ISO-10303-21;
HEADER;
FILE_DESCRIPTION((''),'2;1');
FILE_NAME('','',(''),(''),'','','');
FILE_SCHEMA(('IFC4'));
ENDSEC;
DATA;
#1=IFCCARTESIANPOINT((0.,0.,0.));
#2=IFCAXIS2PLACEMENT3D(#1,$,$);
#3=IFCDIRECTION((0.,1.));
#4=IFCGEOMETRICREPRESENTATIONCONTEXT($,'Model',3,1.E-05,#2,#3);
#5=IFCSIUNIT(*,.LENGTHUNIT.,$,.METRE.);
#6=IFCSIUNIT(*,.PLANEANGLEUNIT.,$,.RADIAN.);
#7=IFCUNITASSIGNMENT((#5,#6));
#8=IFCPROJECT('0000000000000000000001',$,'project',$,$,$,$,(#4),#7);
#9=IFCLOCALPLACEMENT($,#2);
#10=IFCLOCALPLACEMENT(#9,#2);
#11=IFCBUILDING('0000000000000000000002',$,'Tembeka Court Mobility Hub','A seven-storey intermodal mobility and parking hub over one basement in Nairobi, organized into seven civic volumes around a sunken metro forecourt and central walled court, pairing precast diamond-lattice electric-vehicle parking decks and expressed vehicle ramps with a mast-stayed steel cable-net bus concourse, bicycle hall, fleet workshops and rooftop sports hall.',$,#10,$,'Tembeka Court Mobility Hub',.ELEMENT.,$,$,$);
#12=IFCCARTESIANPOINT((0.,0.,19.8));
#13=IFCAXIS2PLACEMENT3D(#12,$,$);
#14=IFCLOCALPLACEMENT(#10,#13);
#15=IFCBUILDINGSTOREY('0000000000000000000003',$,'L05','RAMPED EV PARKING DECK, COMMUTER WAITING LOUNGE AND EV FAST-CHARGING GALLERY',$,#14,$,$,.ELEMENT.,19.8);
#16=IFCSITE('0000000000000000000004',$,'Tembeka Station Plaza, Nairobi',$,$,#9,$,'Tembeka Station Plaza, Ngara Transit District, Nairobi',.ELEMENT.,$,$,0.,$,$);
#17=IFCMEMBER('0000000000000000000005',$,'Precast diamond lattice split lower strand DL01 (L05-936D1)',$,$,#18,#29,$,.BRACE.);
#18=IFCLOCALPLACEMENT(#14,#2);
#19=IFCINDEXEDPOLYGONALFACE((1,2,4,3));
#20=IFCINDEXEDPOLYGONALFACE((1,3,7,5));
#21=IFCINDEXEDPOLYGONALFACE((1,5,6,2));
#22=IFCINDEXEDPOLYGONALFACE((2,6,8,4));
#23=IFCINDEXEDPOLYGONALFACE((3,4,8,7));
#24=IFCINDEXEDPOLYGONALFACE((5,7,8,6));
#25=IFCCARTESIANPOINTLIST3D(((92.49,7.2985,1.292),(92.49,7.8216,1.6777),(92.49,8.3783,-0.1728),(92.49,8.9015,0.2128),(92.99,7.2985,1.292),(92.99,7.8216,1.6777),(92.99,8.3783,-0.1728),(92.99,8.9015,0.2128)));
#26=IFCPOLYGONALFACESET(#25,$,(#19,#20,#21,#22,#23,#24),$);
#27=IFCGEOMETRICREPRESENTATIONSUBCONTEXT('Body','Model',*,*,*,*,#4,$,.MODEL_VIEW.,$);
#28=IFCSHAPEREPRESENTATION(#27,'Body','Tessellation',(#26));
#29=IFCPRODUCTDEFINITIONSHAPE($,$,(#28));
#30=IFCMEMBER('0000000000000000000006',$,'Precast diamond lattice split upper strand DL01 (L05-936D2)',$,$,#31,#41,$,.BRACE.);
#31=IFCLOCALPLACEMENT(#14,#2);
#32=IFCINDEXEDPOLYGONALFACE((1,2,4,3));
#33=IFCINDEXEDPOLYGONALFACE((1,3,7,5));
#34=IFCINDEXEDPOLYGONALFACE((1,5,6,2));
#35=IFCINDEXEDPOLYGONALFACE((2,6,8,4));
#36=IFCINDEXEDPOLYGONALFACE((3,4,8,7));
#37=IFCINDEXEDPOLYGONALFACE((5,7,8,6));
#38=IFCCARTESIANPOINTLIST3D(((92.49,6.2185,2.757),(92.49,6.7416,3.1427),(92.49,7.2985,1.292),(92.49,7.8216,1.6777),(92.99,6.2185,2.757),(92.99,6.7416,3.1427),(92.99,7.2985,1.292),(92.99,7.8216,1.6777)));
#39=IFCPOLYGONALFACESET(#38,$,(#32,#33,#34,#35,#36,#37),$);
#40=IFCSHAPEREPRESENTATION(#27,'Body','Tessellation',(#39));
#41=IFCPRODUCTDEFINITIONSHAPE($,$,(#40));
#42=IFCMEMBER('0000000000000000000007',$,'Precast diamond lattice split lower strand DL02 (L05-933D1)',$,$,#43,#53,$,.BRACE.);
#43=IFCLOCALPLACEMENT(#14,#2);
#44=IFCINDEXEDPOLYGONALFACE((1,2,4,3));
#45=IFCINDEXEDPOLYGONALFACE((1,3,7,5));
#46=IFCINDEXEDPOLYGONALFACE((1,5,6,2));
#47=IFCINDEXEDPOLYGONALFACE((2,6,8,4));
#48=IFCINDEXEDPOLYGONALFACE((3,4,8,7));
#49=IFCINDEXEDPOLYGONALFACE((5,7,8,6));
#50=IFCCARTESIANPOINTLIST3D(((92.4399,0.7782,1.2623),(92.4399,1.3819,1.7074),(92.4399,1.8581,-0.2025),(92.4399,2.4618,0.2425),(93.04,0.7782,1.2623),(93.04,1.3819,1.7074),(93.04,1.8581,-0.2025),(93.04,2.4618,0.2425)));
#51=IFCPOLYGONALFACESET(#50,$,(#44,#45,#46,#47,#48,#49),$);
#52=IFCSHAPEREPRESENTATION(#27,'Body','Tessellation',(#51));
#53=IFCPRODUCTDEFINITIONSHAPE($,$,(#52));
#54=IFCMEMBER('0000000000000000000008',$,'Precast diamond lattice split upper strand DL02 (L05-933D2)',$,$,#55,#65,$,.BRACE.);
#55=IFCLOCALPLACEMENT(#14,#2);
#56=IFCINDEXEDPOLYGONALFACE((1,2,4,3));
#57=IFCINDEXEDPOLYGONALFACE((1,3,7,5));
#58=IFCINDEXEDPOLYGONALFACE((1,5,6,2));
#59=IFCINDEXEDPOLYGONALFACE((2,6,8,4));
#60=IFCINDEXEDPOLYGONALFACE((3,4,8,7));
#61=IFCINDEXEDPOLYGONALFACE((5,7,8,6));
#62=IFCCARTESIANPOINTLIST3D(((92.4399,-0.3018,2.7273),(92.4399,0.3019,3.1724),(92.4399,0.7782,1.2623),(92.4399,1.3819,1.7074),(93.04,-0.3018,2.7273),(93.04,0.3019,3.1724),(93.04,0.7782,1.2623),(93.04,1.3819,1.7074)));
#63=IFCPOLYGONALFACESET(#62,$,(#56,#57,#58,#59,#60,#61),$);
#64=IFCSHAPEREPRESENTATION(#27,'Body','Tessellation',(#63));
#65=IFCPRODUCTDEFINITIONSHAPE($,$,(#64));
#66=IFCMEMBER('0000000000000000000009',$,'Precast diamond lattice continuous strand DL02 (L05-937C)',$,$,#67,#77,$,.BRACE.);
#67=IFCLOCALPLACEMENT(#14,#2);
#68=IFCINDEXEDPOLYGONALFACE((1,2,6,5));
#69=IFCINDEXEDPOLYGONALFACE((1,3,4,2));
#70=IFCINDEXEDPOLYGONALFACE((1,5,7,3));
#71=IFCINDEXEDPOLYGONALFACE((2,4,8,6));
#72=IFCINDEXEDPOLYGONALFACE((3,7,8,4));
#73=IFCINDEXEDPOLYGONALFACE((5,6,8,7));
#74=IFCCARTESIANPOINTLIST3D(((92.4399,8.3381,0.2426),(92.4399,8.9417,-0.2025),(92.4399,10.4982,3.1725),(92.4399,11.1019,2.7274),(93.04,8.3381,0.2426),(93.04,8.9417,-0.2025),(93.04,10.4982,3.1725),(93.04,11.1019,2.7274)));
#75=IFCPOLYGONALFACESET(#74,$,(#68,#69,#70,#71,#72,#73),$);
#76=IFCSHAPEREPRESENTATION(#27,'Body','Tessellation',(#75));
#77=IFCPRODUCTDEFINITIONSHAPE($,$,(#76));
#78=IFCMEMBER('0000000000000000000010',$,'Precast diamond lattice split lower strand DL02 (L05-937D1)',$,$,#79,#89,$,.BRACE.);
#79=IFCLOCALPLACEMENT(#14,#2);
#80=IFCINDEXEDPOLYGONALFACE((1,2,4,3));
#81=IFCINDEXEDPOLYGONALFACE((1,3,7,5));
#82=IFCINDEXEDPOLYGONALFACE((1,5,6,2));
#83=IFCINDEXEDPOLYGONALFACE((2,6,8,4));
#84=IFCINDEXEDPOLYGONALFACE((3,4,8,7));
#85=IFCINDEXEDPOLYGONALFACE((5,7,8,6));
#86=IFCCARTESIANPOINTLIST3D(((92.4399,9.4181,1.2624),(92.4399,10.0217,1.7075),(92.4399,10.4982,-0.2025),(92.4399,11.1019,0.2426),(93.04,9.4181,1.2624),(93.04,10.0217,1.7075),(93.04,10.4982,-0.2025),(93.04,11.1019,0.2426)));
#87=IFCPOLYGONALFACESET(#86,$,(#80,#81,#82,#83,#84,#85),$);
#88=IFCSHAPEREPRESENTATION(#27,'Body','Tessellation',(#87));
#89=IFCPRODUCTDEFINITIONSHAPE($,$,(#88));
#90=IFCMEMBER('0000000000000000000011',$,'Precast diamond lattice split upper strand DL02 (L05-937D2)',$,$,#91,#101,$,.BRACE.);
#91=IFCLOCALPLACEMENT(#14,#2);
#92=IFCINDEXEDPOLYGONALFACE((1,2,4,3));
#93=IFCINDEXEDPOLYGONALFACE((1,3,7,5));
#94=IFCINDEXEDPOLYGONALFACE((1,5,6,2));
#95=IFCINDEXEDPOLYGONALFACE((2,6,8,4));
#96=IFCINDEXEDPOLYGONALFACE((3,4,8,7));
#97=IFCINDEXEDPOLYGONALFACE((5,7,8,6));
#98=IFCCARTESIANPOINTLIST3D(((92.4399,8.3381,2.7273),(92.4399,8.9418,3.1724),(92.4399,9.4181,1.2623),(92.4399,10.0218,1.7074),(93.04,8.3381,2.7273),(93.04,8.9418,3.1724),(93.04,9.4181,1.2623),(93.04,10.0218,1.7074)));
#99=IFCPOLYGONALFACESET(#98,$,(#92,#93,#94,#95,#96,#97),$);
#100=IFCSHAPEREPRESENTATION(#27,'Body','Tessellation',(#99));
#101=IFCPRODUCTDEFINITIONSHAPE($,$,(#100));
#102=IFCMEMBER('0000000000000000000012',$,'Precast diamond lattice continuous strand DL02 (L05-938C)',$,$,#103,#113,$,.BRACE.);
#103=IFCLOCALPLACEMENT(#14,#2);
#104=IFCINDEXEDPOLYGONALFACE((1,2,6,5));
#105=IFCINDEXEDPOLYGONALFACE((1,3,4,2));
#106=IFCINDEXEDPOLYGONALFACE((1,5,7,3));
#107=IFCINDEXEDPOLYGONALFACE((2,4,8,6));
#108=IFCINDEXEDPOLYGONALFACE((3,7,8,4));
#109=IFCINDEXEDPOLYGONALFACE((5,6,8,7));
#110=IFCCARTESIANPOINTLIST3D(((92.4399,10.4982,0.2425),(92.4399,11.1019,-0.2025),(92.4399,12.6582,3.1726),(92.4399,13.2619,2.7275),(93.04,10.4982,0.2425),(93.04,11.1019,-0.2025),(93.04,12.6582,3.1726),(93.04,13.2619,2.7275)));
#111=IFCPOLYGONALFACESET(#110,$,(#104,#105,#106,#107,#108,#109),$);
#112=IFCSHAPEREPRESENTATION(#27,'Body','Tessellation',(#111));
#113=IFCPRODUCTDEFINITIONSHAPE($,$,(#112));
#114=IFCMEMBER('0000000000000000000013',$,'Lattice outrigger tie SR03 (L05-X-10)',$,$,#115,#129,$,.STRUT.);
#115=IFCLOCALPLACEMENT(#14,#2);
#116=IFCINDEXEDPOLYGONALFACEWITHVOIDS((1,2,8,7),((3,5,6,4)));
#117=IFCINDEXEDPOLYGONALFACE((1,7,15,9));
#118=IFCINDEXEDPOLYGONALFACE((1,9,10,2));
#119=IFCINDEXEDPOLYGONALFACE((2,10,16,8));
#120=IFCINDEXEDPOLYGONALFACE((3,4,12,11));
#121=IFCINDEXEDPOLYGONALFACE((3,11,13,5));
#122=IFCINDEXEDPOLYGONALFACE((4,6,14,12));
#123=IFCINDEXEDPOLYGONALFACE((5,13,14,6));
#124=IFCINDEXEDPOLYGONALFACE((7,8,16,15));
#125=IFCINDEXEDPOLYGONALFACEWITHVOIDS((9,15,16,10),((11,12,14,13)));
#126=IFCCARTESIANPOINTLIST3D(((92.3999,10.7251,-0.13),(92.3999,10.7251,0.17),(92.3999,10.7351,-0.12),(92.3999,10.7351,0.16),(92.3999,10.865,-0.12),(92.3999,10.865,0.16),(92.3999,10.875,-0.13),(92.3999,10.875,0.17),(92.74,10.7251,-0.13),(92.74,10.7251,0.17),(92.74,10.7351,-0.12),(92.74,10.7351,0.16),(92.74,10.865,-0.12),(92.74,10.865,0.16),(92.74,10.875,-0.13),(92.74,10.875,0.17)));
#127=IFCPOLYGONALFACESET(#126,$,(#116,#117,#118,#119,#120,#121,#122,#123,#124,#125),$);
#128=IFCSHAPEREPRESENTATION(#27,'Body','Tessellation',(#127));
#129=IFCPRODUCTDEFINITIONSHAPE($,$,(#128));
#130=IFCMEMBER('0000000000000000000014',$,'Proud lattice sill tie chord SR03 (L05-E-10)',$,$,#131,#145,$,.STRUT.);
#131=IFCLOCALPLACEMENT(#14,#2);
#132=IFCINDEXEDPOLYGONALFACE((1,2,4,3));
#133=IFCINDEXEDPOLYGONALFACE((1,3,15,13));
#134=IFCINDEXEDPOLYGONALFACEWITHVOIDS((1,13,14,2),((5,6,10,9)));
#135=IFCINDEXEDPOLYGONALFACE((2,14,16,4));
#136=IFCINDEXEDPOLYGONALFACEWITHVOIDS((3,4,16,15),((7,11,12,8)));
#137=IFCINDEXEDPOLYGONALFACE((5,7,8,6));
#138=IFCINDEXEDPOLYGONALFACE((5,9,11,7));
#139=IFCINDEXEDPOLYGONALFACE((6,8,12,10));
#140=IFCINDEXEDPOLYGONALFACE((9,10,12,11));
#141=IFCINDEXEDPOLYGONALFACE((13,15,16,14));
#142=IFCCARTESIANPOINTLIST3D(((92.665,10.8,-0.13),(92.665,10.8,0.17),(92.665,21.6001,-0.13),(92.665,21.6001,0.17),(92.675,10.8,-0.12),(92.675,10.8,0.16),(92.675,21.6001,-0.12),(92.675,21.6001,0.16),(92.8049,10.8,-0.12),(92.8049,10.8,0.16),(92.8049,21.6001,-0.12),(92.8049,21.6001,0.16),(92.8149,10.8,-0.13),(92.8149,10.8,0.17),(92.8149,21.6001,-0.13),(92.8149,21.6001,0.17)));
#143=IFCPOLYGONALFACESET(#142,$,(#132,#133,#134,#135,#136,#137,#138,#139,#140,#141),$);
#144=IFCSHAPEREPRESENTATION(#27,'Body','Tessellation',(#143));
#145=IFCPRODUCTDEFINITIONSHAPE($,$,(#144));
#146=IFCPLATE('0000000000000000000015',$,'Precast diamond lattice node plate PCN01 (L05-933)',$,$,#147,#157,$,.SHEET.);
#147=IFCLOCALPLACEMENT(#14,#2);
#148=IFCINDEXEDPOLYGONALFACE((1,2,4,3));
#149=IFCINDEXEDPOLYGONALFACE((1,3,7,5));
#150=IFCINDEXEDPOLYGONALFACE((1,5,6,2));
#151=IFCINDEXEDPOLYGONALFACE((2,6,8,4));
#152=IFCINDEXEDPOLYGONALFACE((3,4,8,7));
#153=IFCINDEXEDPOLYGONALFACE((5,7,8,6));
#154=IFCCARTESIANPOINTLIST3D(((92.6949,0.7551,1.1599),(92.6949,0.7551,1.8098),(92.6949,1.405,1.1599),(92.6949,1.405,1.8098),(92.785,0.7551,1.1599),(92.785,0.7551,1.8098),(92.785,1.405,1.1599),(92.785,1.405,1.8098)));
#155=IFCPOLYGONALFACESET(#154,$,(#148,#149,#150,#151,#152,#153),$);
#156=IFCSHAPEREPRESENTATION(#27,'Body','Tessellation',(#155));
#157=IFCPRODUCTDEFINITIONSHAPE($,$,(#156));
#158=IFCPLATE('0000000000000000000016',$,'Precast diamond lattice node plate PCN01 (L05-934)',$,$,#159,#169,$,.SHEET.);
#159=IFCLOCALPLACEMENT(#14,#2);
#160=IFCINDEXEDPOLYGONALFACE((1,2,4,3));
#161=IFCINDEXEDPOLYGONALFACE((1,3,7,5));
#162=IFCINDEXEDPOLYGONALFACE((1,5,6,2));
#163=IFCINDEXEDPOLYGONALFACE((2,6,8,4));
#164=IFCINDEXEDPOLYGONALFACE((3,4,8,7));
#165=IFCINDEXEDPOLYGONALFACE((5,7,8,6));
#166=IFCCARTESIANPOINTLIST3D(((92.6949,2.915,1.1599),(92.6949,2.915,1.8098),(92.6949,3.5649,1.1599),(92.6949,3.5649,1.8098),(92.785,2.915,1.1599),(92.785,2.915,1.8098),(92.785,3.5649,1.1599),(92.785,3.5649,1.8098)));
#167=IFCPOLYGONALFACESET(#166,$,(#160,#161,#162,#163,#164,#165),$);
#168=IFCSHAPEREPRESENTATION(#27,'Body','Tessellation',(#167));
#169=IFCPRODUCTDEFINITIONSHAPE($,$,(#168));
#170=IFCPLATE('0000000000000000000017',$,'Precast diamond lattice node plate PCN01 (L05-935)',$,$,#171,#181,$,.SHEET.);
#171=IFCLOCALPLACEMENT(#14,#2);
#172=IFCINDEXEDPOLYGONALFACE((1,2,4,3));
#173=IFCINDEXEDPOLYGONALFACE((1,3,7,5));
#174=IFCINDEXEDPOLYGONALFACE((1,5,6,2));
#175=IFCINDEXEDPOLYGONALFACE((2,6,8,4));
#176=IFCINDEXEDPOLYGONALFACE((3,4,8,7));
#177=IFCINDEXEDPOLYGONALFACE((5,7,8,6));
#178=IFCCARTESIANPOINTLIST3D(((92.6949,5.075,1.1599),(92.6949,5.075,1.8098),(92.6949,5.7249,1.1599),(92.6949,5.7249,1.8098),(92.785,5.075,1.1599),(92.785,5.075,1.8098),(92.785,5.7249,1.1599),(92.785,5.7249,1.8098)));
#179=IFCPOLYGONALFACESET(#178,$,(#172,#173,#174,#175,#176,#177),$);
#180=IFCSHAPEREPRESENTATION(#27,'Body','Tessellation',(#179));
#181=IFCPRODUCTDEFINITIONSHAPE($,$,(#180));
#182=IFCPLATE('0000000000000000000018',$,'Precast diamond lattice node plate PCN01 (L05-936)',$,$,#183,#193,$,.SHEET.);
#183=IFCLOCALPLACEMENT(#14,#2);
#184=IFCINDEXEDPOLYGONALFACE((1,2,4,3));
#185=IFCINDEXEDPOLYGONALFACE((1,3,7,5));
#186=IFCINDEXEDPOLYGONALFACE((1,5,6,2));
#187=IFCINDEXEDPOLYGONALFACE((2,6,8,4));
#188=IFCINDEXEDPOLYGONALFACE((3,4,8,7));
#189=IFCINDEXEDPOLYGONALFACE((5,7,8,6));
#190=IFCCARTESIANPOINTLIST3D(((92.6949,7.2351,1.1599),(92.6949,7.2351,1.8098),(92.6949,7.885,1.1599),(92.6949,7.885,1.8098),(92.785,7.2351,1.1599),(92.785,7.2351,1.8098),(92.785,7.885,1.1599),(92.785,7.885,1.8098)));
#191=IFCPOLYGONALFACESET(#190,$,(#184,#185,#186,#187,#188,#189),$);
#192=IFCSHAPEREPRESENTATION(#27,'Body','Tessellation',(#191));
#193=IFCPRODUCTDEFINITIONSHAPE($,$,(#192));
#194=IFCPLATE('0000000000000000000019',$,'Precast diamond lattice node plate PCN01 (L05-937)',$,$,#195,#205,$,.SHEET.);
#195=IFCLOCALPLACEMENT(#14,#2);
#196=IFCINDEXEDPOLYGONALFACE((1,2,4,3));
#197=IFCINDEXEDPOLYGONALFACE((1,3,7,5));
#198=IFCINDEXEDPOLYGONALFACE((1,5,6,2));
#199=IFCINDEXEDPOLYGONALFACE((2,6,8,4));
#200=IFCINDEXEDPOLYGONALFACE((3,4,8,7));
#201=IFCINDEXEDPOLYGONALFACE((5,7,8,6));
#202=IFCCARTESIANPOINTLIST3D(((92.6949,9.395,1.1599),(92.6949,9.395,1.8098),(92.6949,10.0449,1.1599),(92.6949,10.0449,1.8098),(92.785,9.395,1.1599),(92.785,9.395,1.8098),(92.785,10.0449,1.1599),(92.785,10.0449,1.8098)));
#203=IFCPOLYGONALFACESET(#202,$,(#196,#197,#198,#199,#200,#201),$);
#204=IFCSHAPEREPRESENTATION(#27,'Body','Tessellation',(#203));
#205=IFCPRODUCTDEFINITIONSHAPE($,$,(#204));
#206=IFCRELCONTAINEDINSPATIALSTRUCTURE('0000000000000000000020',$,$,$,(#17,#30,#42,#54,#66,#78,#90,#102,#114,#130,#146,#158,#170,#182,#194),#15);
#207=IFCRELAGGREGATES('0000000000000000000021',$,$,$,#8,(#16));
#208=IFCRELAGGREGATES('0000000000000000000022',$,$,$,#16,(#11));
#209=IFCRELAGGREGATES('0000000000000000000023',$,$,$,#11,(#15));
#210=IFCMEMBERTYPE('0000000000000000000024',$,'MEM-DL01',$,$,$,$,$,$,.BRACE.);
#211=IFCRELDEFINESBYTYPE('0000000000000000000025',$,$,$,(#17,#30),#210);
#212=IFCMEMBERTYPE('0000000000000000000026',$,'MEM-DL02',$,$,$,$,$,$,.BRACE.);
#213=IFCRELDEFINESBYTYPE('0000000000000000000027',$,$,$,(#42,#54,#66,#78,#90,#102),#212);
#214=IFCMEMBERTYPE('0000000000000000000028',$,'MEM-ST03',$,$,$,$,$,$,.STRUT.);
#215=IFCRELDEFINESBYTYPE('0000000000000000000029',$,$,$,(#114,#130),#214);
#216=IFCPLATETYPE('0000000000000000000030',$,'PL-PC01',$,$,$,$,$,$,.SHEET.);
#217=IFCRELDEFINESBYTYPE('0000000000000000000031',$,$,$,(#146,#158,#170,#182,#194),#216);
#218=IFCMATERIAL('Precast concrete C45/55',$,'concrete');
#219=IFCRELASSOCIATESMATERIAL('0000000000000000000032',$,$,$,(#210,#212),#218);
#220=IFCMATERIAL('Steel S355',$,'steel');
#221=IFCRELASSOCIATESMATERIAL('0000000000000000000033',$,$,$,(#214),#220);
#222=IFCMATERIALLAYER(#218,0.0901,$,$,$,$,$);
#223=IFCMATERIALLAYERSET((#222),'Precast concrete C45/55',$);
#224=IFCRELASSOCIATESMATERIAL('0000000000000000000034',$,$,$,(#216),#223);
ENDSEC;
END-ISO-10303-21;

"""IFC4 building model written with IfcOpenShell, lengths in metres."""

from ifc_helpers import new_model, si_unit, direction, frame, origin, origin_2d, place, context, subcontext, project, spatial, rectangle, hollow_rectangle, extrude, material, layer, layer_set, material_profile, profile_set, type_object, element, save


model = new_model("IFC4")

# Units and contexts
model_context = context("Model", 3, precision=1e-05, world=origin(), true_north=direction((0.0, 1.0)))
body_context = subcontext(model_context, "Body", "Model", "MODEL_VIEW")
ifc_project = project(units=[si_unit("LENGTHUNIT", "METRE"), si_unit("PLANEANGLEUNIT", "RADIAN")], contexts=[model_context])

# Site, building, storey
site_placement = place(None, origin())
site = spatial("IfcSite", under=ifc_project, at=site_placement, Name="Tembeka Station Plaza, Nairobi", LongName="Tembeka Station Plaza, Ngara Transit District, Nairobi", CompositionType="ELEMENT", RefElevation=0.0)
building_placement = place(site_placement, origin())
building = spatial("IfcBuilding", under=site, at=building_placement, Name="Tembeka Court Mobility Hub", Description="A seven-storey intermodal mobility and parking hub over one basement in Nairobi, organized into seven civic volumes around a sunken metro forecourt and central walled court, pairing precast diamond-lattice electric-vehicle parking decks and expressed vehicle ramps with a mast-stayed steel cable-net bus concourse, bicycle hall, fleet workshops and rooftop sports hall.", LongName="Tembeka Court Mobility Hub", CompositionType="ELEMENT")
storey_placement = place(building_placement, frame((0.0, 0.0, 19.8)))
storey = spatial("IfcBuildingStorey", under=building, at=storey_placement, Name="L05", Description="RAMPED EV PARKING DECK, COMMUTER WAITING LOUNGE AND EV FAST-CHARGING GALLERY", CompositionType="ELEMENT", Elevation=19.8)

# Shared definitions
ifc_material_1 = material(Name="Steel S355", Category="steel")

# Members
ifc_material_2 = material(Name="Precast concrete C45/55", Category="concrete")
ifc_material_profile_1 = material_profile(ifc_material_2, rectangle(XDim=0.5, YDim=0.6499, at=origin_2d()), Name="PC-DIAG 500x650")
ifc_profile_set_1 = profile_set([ifc_material_profile_1], Name="Precast concrete C45/55")
member_type_1 = type_object("IfcMemberType", Name="MEM-DL01", PredefinedType="BRACE", material=ifc_profile_set_1)
member_1_placement = place(storey_placement, frame((92.74, 8.6399, 0.02), z_axis=(0.0, -0.593368, 0.804931), x_axis=(1.0, 0.0, 0.0)))
element("IfcMember", 1, at=member_1_placement, inside=storey, type_object=member_type_1, Name="Precast diamond lattice split lower strand DL01 (L05-936D1)", PredefinedType="BRACE", context=body_context, shape_type="SweptSolid", body=[
    extrude(rectangle(XDim=0.5, YDim=0.6499, at=origin_2d()), origin(), (0.0, 0.0, 1.0), 1.8198),
])
member_2_placement = place(storey_placement, frame((92.74, 7.5601, 1.4849), z_axis=(0.0, -0.593391, 0.804914), x_axis=(1.0, 0.0, 0.0)))
element("IfcMember", 2, at=member_2_placement, inside=storey, type_object=member_type_1, Name="Precast diamond lattice split upper strand DL01 (L05-936D2)", PredefinedType="BRACE", context=body_context, shape_type="SweptSolid", body=[
    extrude(rectangle(XDim=0.5, YDim=0.6499, at=origin_2d()), origin(), (0.0, 0.0, 1.0), 1.8201),
])
ifc_material_profile_2 = material_profile(ifc_material_2, rectangle(XDim=0.6001, YDim=0.75, at=origin_2d()), Name="PC-DIAG 600x750")
ifc_profile_set_2 = profile_set([ifc_material_profile_2], Name="Precast concrete C45/55")
member_type_2 = type_object("IfcMemberType", Name="MEM-DL02", PredefinedType="BRACE", material=ifc_profile_set_2)
member_3_placement = place(storey_placement, frame((92.74, 2.1599, 0.02), z_axis=(0.0, -0.593368, 0.804931), x_axis=(1.0, 0.0, 0.0)))
element("IfcMember", 3, at=member_3_placement, inside=storey, type_object=member_type_2, Name="Precast diamond lattice split lower strand DL02 (L05-933D1)", PredefinedType="BRACE", context=body_context, shape_type="SweptSolid", body=[
    extrude(rectangle(XDim=0.6001, YDim=0.75, at=origin_2d()), origin(), (0.0, 0.0, 1.0), 1.8198),
])
member_4_placement = place(storey_placement, frame((92.74, 1.0801, 1.4849), z_axis=(0.0, -0.593391, 0.804914), x_axis=(1.0, 0.0, 0.0)))
element("IfcMember", 4, at=member_4_placement, inside=storey, type_object=member_type_2, Name="Precast diamond lattice split upper strand DL02 (L05-933D2)", PredefinedType="BRACE", context=body_context, shape_type="SweptSolid", body=[
    extrude(rectangle(XDim=0.6001, YDim=0.75, at=origin_2d()), origin(), (0.0, 0.0, 1.0), 1.8201),
])
member_5_placement = place(storey_placement, frame((92.74, 8.6399, 0.02), z_axis=(0.0, 0.593423, 0.804891), x_axis=(-1.0, 0.0, 0.0)))
element("IfcMember", 5, at=member_5_placement, inside=storey, type_object=member_type_2, Name="Precast diamond lattice continuous strand DL02 (L05-937C)", PredefinedType="BRACE", context=body_context, shape_type="SweptSolid", body=[
    extrude(rectangle(XDim=0.6001, YDim=0.75, at=origin_2d()), origin(), (0.0, 0.0, 1.0), 3.6401),
])
for number, where, z_axis, x_axis, name in (
    (6, (92.74, 10.8, 0.02), (0.0, -0.593455, 0.804867), (1.0, 0.0, 0.0), "Precast diamond lattice split lower strand DL02 (L05-937D1)"),
    (7, (92.74, 9.72, 1.4849), (0.0, -0.593391, 0.804914), (1.0, 0.0, 0.0), "Precast diamond lattice split upper strand DL02 (L05-937D2)"),
):
    element("IfcMember", number, at=place(storey_placement, frame(where, z_axis=z_axis, x_axis=x_axis)), inside=storey, type_object=member_type_2, Name=name, PredefinedType="BRACE", context=body_context, shape_type="SweptSolid", body=[
        extrude(rectangle(XDim=0.6001, YDim=0.75, at=origin_2d()), origin(), (0.0, 0.0, 1.0), 1.8201),
    ])
member_6_placement = place(storey_placement, frame((92.74, 10.8, 0.02), z_axis=(0.0, 0.59338, 0.804923), x_axis=(-1.0, 0.0, 0.0)))
element("IfcMember", 8, at=member_6_placement, inside=storey, type_object=member_type_2, Name="Precast diamond lattice continuous strand DL02 (L05-938C)", PredefinedType="BRACE", context=body_context, shape_type="SweptSolid", body=[
    extrude(rectangle(XDim=0.6001, YDim=0.75, at=origin_2d()), origin(), (0.0, 0.0, 1.0), 3.6401),
])
ifc_material_profile_3 = material_profile(ifc_material_1, hollow_rectangle(XDim=0.1499, YDim=0.3, WallThickness=0.01, at=origin_2d()), Name="RHS 300x150x10")
ifc_profile_set_3 = profile_set([ifc_material_profile_3], Name="Steel S355")
member_type_3 = type_object("IfcMemberType", Name="MEM-ST03", PredefinedType="STRUT", material=ifc_profile_set_3)
member_7_placement = place(storey_placement, frame((92.3999, 10.8, 0.02), z_axis=(1.0, 0.0, 0.0), x_axis=(0.0, 1.0, 0.0)))
element("IfcMember", 9, at=member_7_placement, inside=storey, type_object=member_type_3, Name="Lattice outrigger tie SR03 (L05-X-10)", PredefinedType="STRUT", context=body_context, shape_type="SweptSolid", body=[
    extrude(hollow_rectangle(XDim=0.1499, YDim=0.3, WallThickness=0.01, at=origin_2d()), origin(), (0.0, 0.0, 1.0), 0.3401),
])
member_8_placement = place(storey_placement, frame((92.74, 10.8, 0.02), z_axis=(0.0, 1.0, 0.0), x_axis=(-1.0, 0.0, 0.0)))
element("IfcMember", 10, at=member_8_placement, inside=storey, type_object=member_type_3, Name="Proud lattice sill tie chord SR03 (L05-E-10)", PredefinedType="STRUT", context=body_context, shape_type="SweptSolid", body=[
    extrude(hollow_rectangle(XDim=0.1499, YDim=0.3, WallThickness=0.01, at=origin_2d()), origin(), (0.0, 0.0, 1.0), 10.8),
])

# Plates
ifc_layer = layer(ifc_material_2, 0.0901)
ifc_layer_set = layer_set([ifc_layer], Name="Precast concrete C45/55")
plate_type = type_object("IfcPlateType", Name="PL-PC01", PredefinedType="SHEET", material=ifc_layer_set)
for number, where, z_axis, x_axis, name in (
    (11, (92.74, 1.0801, 1.1599), (0.0, 0.0, 1.0), (1.0, 0.0, 0.0), "Precast diamond lattice node plate PCN01 (L05-933)"),
    (12, (92.74, 3.24, 1.1599), (0.0, 0.0, 1.0), (1.0, 0.0, 0.0), "Precast diamond lattice node plate PCN01 (L05-934)"),
    (13, (92.74, 5.3999, 1.1599), (0.0, 0.0, 1.0), (1.0, 0.0, 0.0), "Precast diamond lattice node plate PCN01 (L05-935)"),
    (14, (92.74, 7.5601, 1.1599), (0.0, 0.0, 1.0), (1.0, 0.0, 0.0), "Precast diamond lattice node plate PCN01 (L05-936)"),
    (15, (92.74, 9.72, 1.1599), (0.0, 0.0, 1.0), (1.0, 0.0, 0.0), "Precast diamond lattice node plate PCN01 (L05-937)"),
):
    element("IfcPlate", number, at=place(storey_placement, frame(where, z_axis=z_axis, x_axis=x_axis)), inside=storey, type_object=plate_type, Name=name, PredefinedType="SHEET", context=body_context, shape_type="SweptSolid", body=[
        extrude(rectangle(XDim=0.0901, YDim=0.6499, at=origin_2d()), origin(), (0.0, 0.0, 1.0), 0.6499),
    ])

save(model, "model.ifc")
